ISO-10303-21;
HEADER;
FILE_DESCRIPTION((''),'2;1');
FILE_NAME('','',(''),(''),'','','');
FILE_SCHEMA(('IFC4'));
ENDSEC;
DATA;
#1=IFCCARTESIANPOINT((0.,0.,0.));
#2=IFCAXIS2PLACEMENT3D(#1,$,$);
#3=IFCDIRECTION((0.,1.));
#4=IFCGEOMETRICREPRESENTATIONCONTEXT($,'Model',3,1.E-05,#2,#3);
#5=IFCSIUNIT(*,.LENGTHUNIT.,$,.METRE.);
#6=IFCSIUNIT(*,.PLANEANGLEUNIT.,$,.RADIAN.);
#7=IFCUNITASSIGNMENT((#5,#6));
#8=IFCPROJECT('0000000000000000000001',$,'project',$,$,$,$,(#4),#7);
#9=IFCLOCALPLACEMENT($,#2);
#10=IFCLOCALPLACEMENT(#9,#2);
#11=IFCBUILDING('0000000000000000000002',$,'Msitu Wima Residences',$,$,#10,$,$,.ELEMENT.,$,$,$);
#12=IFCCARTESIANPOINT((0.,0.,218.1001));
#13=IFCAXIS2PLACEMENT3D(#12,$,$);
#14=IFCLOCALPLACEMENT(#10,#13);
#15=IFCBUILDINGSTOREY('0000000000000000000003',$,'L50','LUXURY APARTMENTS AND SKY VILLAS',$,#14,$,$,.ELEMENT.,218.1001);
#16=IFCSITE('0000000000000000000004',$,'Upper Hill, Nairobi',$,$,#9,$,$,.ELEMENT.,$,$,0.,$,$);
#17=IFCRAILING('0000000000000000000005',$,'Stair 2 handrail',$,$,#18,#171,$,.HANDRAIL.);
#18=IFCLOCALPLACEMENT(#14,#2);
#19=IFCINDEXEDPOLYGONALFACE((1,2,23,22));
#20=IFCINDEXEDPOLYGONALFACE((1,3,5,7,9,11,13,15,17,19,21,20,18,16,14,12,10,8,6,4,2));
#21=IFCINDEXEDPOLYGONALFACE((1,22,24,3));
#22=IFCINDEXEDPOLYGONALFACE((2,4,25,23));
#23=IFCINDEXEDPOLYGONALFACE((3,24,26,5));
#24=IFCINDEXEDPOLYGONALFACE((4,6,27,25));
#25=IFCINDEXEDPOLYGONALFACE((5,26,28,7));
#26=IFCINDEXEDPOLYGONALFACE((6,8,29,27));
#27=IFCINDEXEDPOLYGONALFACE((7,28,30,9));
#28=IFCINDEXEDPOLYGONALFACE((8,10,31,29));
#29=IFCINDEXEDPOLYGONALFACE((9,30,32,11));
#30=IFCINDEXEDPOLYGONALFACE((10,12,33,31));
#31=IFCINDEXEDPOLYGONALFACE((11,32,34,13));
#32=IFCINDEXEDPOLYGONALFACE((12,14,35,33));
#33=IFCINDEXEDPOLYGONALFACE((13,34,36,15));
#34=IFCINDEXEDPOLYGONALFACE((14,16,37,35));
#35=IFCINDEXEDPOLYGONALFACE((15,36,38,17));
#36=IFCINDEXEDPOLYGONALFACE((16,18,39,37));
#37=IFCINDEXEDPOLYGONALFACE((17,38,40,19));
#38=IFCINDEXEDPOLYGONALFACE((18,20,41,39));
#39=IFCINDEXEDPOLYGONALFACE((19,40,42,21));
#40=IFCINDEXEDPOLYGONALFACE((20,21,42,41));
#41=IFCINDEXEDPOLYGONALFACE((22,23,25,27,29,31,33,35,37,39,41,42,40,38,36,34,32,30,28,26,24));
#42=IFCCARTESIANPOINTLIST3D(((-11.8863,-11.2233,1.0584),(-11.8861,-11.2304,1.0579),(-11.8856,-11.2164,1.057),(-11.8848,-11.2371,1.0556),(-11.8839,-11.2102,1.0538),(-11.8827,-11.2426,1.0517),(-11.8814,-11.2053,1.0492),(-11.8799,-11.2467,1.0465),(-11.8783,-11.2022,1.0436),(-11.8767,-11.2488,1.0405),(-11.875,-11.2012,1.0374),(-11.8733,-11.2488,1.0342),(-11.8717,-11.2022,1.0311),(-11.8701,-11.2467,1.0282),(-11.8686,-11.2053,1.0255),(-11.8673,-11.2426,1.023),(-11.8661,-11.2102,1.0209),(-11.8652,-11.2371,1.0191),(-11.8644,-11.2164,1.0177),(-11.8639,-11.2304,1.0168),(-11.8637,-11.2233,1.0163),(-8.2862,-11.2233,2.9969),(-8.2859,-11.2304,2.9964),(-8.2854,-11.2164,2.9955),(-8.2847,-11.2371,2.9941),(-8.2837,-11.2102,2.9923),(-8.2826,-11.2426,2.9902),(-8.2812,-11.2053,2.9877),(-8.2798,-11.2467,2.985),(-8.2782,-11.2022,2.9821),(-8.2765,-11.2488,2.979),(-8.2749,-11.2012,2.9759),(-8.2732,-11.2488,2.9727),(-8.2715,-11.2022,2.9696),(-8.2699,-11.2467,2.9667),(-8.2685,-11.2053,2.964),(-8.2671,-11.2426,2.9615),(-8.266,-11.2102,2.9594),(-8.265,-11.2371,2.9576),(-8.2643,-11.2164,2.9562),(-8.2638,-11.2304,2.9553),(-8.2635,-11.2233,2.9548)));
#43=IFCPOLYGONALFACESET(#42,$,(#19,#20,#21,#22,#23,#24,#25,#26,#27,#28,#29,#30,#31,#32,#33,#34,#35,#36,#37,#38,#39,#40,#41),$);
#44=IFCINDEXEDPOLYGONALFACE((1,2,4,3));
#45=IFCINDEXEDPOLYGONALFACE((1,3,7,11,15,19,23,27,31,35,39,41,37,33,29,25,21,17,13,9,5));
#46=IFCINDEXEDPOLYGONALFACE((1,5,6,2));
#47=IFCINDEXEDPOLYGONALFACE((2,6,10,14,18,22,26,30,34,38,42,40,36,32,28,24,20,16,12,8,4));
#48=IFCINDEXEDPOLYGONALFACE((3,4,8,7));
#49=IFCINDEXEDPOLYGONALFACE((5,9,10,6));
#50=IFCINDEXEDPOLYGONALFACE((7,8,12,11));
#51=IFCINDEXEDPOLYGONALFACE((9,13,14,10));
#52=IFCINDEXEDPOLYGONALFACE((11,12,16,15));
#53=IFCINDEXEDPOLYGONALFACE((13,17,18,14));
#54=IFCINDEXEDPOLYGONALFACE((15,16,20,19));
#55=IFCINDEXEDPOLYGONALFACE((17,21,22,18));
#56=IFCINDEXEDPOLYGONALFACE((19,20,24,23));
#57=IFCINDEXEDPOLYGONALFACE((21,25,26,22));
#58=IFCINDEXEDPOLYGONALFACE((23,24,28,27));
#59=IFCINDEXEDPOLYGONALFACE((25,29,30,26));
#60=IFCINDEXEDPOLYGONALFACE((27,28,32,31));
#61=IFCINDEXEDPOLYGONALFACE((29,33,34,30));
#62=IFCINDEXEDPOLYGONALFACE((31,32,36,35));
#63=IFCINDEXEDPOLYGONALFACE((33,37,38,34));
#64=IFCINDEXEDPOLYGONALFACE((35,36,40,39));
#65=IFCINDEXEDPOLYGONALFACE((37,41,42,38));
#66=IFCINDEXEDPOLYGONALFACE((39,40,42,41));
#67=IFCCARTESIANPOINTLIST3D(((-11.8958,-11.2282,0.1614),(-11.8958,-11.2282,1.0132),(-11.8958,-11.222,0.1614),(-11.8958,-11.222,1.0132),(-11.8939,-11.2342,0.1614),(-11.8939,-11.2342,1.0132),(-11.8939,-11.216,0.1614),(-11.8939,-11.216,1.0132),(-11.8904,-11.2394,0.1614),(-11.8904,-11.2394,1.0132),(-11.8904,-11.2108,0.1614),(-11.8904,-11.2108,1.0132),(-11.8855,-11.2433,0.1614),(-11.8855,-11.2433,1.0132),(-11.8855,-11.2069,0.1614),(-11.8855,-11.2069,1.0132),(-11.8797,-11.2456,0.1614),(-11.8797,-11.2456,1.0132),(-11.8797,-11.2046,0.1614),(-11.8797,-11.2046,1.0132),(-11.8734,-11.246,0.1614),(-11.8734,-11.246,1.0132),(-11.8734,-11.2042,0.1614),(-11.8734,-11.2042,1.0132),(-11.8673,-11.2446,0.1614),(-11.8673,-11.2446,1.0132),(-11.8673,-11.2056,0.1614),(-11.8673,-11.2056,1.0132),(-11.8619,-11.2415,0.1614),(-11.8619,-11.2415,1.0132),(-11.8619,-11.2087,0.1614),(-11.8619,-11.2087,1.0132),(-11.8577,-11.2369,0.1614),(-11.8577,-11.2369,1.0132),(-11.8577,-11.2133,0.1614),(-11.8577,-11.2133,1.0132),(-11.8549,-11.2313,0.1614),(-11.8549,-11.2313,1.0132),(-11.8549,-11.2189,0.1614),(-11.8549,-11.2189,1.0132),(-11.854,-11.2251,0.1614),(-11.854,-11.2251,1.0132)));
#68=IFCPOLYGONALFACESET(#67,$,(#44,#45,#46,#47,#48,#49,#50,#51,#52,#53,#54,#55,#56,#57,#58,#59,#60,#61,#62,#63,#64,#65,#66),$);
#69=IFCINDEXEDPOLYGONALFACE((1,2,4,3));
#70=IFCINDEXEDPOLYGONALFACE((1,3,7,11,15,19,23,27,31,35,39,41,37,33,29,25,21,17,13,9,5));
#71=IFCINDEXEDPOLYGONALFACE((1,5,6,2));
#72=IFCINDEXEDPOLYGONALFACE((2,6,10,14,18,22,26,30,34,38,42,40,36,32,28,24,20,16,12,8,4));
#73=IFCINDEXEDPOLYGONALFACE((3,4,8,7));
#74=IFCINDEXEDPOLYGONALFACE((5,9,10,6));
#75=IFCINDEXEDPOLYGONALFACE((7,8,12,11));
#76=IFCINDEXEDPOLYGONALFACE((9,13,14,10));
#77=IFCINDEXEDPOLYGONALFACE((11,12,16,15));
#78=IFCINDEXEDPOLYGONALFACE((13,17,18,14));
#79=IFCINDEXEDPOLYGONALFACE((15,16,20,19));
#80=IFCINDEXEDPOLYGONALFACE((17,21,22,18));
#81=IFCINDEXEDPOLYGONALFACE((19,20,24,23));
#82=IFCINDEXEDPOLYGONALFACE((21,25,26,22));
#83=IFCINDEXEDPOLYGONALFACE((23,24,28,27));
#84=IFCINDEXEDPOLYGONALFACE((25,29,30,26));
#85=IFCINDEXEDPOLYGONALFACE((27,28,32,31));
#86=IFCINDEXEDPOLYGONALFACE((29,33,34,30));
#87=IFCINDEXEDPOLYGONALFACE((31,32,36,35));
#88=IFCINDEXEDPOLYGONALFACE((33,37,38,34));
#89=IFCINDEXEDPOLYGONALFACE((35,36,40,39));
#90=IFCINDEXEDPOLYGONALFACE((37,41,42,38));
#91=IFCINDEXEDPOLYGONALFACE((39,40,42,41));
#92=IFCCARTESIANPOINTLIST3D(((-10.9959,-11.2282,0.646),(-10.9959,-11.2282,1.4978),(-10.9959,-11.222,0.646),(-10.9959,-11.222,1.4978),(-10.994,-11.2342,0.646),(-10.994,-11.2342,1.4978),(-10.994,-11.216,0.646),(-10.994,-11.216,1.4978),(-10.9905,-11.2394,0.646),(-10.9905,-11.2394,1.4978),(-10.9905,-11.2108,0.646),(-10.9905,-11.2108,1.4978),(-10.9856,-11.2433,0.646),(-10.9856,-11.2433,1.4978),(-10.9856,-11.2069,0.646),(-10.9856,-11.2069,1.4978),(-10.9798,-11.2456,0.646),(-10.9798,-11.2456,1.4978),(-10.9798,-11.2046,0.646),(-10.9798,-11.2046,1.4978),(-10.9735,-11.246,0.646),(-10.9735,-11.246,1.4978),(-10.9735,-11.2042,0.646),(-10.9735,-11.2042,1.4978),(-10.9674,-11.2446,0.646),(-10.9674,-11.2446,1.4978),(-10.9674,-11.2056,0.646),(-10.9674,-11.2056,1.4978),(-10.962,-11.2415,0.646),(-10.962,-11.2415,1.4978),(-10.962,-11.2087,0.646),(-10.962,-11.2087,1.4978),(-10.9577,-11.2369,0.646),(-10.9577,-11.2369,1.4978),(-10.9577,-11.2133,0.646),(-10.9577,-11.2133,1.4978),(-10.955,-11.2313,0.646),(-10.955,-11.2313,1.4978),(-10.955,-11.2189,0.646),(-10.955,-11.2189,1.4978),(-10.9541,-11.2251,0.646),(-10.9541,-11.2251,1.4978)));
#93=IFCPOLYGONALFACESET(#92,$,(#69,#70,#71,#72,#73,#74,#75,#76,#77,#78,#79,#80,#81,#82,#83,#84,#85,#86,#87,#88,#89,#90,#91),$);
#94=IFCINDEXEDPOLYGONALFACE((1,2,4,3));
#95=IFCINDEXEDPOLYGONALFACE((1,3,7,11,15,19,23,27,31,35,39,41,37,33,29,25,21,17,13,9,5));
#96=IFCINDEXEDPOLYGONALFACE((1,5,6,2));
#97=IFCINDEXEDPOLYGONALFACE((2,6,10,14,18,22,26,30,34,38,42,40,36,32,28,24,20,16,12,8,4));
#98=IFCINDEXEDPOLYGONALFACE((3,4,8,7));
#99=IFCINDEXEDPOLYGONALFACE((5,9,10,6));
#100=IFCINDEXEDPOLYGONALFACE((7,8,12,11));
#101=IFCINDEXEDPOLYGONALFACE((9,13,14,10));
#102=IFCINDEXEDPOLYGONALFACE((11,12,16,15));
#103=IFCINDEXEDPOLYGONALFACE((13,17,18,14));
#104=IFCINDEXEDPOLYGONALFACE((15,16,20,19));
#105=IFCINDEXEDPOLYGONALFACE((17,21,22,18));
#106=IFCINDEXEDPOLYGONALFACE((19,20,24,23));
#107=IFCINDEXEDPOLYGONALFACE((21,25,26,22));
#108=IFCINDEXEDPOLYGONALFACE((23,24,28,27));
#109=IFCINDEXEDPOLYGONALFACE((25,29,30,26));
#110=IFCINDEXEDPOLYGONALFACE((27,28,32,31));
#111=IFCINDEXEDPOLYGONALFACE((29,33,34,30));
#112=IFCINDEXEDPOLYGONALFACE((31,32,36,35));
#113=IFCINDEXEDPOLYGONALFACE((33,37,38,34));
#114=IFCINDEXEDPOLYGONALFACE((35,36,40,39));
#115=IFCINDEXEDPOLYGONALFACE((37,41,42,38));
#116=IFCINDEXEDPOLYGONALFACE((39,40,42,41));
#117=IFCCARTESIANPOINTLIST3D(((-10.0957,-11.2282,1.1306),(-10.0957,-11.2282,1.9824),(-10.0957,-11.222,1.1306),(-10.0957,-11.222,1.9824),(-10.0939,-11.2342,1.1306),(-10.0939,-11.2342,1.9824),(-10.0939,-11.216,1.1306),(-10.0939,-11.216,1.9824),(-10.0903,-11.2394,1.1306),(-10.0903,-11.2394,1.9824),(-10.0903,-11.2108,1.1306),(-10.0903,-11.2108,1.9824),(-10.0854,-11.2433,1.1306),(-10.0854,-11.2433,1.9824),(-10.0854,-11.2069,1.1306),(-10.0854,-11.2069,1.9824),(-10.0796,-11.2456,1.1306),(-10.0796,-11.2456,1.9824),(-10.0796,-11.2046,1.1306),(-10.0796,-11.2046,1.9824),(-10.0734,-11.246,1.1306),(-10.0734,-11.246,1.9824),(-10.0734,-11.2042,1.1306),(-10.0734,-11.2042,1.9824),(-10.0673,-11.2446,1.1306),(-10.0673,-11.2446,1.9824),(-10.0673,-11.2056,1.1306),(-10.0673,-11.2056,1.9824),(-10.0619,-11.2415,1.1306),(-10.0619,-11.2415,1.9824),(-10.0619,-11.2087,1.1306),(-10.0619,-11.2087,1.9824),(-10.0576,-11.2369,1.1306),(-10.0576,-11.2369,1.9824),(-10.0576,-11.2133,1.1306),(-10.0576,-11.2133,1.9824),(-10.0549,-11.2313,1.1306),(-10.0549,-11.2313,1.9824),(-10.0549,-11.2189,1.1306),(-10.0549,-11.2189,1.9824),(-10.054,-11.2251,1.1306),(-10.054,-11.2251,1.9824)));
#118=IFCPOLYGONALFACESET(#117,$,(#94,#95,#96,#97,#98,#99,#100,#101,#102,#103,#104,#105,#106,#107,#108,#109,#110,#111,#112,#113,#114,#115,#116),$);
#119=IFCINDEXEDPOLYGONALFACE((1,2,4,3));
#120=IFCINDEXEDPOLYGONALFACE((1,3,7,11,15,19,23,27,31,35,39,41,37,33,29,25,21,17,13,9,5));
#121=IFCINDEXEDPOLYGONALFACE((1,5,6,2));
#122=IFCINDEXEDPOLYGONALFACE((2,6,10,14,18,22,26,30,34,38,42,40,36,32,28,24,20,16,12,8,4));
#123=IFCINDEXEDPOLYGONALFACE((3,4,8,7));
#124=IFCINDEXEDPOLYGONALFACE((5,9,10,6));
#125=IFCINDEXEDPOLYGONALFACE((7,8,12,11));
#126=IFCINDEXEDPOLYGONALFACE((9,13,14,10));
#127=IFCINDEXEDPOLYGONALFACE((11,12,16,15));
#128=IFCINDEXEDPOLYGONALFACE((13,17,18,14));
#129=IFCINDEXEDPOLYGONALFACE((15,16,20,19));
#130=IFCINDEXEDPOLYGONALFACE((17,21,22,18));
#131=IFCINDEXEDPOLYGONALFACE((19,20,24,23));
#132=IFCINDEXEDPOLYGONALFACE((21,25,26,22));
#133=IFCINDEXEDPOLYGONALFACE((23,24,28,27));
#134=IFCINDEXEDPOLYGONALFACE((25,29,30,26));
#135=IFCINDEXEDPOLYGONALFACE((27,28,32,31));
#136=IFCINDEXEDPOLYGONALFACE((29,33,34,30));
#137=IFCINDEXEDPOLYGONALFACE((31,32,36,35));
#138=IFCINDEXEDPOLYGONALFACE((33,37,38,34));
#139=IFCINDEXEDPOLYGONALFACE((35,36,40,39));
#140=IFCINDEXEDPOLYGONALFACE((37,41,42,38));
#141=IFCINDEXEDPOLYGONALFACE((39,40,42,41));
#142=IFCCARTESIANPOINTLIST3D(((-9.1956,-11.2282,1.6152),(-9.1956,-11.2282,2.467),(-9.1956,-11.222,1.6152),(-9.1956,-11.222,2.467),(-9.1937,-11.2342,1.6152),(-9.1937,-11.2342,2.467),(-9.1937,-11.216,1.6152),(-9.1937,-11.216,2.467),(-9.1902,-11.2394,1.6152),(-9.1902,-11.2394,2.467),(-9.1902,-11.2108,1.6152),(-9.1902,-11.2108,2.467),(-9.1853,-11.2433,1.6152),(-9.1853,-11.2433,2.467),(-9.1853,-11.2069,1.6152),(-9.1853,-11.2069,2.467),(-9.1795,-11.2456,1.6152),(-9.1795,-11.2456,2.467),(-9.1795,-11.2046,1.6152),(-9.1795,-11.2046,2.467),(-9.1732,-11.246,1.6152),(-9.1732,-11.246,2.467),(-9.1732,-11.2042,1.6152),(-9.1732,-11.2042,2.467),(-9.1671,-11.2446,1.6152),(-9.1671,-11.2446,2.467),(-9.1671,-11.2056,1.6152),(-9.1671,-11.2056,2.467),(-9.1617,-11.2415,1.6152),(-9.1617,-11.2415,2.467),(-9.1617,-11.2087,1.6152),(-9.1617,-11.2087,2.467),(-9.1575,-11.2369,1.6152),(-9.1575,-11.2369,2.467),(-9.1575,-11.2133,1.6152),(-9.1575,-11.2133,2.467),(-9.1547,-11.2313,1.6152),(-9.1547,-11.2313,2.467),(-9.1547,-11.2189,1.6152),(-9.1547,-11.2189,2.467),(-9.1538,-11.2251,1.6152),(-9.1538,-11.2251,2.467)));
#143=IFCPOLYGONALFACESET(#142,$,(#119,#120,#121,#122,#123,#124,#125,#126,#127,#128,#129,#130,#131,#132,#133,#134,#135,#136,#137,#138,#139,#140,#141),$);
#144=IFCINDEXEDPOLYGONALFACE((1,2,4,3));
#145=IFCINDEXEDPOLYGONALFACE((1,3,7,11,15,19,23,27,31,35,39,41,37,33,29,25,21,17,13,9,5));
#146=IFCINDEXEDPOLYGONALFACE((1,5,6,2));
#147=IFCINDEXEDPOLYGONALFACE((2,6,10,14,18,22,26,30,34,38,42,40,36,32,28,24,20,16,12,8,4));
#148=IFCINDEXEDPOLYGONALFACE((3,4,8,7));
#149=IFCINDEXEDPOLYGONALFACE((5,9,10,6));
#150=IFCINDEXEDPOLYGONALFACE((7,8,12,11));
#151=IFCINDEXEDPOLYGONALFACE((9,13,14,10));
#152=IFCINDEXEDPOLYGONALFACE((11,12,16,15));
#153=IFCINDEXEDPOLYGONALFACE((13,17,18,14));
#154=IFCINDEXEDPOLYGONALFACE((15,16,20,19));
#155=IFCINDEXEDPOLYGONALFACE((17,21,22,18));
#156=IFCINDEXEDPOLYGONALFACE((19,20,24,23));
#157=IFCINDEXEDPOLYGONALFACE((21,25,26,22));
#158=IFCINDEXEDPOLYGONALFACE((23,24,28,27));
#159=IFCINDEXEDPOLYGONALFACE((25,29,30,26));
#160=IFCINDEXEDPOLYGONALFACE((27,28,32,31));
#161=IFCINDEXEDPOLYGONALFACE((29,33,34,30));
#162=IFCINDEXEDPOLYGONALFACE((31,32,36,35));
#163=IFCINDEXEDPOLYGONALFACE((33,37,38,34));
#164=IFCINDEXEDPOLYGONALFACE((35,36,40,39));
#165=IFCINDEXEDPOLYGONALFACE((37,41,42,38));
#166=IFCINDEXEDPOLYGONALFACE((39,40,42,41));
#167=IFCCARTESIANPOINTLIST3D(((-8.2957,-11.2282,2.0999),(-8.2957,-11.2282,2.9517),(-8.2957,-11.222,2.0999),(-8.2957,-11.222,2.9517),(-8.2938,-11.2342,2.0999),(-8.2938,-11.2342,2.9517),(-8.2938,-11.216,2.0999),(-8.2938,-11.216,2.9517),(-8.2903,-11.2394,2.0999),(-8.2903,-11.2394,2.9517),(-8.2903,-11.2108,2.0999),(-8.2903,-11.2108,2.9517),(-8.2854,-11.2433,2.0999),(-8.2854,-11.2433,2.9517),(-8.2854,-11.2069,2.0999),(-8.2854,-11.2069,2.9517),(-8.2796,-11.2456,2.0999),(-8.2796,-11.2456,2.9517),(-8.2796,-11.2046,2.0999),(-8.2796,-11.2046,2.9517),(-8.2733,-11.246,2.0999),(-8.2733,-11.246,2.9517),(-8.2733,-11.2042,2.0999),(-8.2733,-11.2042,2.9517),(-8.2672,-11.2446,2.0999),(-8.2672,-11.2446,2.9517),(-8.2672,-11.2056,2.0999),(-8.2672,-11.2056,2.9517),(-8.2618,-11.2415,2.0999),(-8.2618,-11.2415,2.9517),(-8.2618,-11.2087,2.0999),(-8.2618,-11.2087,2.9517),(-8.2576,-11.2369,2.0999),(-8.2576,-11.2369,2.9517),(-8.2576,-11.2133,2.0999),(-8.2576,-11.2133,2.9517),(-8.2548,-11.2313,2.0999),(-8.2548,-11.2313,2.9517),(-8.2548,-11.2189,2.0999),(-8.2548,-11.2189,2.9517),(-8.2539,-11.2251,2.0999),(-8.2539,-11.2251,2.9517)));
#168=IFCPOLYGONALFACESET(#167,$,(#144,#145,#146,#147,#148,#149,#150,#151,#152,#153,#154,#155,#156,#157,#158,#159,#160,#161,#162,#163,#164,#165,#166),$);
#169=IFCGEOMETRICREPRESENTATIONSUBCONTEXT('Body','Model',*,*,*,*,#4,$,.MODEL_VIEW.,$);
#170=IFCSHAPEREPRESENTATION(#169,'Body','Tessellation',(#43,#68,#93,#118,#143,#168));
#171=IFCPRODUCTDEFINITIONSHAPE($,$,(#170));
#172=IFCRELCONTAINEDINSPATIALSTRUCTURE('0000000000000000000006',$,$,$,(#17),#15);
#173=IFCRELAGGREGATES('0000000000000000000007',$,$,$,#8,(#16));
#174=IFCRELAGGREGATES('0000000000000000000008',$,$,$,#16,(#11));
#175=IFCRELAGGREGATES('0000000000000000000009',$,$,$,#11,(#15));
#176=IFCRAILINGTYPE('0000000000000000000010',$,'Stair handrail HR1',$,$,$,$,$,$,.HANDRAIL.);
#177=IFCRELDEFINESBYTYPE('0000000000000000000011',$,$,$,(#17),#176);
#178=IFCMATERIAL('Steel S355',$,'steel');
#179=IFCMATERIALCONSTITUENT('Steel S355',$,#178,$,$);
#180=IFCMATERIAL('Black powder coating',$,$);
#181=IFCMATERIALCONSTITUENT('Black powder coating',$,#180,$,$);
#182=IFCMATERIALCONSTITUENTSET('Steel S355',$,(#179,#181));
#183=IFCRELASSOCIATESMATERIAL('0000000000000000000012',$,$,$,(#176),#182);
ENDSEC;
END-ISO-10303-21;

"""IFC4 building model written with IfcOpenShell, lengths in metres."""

from ifc_helpers import new_model, si_unit, direction, frame, origin, origin_2d, place, context, subcontext, project, spatial, circle, extrude, material, constituent, constituent_set, type_object, element, save


model = new_model("IFC4")

# Units and contexts
model_context = context("Model", 3, precision=1e-05, world=origin(), true_north=direction((0.0, 1.0)))
body_context = subcontext(model_context, "Body", "Model", "MODEL_VIEW")
ifc_project = project(units=[si_unit("LENGTHUNIT", "METRE"), si_unit("PLANEANGLEUNIT", "RADIAN")], contexts=[model_context])

# Site, building, storey
site_placement = place(None, origin())
site = spatial("IfcSite", under=ifc_project, at=site_placement, Name="Upper Hill, Nairobi", CompositionType="ELEMENT", RefElevation=0.0)
building_placement = place(site_placement, origin())
building = spatial("IfcBuilding", under=site, at=building_placement, Name="Msitu Wima Residences", CompositionType="ELEMENT")
storey_placement = place(building_placement, frame((0.0, 0.0, 218.1001)))
storey = spatial("IfcBuildingStorey", under=building, at=storey_placement, Name="L50", Description="LUXURY APARTMENTS AND SKY VILLAS", CompositionType="ELEMENT", Elevation=218.1001)

# Railing
ifc_material_1 = material(Name="Steel S355", Category="steel")
ifc_constituent_1 = constituent(ifc_material_1, Name="Steel S355")
ifc_material_2 = material(Name="Black powder coating")
ifc_constituent_2 = constituent(ifc_material_2, Name="Black powder coating")
ifc_constituent_set = constituent_set(constituents=[ifc_constituent_1, ifc_constituent_2], Name="Steel S355")
railing_type = type_object("IfcRailingType", Name="Stair handrail HR1", PredefinedType="HANDRAIL", material=ifc_constituent_set)
for number, where, name in (
    (1, (-11.875, -11.2251, 0.1614), "Stair 2 handrail"),
):
    element("IfcRailing", number, at=place(storey_placement, frame(where)), inside=storey, type_object=railing_type, Name=name, PredefinedType="HANDRAIL", context=body_context, shape_type="SweptSolid", body=[
        extrude(circle(Radius=0.0239, at=origin_2d()), frame((0.0, 0.0, 0.876), z_axis=(0.880475, 0.0, 0.474093), x_axis=(0.0, 1.0, 0.0)), (0.0, 0.0, 1.0), 4.0889),
        extrude(circle(Radius=0.021, at=origin_2d()), origin(), (0.0, 0.0, 1.0), 0.8518),
        extrude(circle(Radius=0.021, at=origin_2d()), frame((0.8999, 0.0, 0.4846)), (0.0, 0.0, 1.0), 0.8518),
        extrude(circle(Radius=0.021, at=origin_2d()), frame((1.8, 0.0, 0.9692)), (0.0, 0.0, 1.0), 0.8518),
        extrude(circle(Radius=0.021, at=origin_2d()), frame((2.7002, 0.0, 1.4539)), (0.0, 0.0, 1.0), 0.8518),
        extrude(circle(Radius=0.021, at=origin_2d()), frame((3.6001, 0.0, 1.9385)), (0.0, 0.0, 1.0), 0.8518),
    ])

save(model, "model.ifc")
